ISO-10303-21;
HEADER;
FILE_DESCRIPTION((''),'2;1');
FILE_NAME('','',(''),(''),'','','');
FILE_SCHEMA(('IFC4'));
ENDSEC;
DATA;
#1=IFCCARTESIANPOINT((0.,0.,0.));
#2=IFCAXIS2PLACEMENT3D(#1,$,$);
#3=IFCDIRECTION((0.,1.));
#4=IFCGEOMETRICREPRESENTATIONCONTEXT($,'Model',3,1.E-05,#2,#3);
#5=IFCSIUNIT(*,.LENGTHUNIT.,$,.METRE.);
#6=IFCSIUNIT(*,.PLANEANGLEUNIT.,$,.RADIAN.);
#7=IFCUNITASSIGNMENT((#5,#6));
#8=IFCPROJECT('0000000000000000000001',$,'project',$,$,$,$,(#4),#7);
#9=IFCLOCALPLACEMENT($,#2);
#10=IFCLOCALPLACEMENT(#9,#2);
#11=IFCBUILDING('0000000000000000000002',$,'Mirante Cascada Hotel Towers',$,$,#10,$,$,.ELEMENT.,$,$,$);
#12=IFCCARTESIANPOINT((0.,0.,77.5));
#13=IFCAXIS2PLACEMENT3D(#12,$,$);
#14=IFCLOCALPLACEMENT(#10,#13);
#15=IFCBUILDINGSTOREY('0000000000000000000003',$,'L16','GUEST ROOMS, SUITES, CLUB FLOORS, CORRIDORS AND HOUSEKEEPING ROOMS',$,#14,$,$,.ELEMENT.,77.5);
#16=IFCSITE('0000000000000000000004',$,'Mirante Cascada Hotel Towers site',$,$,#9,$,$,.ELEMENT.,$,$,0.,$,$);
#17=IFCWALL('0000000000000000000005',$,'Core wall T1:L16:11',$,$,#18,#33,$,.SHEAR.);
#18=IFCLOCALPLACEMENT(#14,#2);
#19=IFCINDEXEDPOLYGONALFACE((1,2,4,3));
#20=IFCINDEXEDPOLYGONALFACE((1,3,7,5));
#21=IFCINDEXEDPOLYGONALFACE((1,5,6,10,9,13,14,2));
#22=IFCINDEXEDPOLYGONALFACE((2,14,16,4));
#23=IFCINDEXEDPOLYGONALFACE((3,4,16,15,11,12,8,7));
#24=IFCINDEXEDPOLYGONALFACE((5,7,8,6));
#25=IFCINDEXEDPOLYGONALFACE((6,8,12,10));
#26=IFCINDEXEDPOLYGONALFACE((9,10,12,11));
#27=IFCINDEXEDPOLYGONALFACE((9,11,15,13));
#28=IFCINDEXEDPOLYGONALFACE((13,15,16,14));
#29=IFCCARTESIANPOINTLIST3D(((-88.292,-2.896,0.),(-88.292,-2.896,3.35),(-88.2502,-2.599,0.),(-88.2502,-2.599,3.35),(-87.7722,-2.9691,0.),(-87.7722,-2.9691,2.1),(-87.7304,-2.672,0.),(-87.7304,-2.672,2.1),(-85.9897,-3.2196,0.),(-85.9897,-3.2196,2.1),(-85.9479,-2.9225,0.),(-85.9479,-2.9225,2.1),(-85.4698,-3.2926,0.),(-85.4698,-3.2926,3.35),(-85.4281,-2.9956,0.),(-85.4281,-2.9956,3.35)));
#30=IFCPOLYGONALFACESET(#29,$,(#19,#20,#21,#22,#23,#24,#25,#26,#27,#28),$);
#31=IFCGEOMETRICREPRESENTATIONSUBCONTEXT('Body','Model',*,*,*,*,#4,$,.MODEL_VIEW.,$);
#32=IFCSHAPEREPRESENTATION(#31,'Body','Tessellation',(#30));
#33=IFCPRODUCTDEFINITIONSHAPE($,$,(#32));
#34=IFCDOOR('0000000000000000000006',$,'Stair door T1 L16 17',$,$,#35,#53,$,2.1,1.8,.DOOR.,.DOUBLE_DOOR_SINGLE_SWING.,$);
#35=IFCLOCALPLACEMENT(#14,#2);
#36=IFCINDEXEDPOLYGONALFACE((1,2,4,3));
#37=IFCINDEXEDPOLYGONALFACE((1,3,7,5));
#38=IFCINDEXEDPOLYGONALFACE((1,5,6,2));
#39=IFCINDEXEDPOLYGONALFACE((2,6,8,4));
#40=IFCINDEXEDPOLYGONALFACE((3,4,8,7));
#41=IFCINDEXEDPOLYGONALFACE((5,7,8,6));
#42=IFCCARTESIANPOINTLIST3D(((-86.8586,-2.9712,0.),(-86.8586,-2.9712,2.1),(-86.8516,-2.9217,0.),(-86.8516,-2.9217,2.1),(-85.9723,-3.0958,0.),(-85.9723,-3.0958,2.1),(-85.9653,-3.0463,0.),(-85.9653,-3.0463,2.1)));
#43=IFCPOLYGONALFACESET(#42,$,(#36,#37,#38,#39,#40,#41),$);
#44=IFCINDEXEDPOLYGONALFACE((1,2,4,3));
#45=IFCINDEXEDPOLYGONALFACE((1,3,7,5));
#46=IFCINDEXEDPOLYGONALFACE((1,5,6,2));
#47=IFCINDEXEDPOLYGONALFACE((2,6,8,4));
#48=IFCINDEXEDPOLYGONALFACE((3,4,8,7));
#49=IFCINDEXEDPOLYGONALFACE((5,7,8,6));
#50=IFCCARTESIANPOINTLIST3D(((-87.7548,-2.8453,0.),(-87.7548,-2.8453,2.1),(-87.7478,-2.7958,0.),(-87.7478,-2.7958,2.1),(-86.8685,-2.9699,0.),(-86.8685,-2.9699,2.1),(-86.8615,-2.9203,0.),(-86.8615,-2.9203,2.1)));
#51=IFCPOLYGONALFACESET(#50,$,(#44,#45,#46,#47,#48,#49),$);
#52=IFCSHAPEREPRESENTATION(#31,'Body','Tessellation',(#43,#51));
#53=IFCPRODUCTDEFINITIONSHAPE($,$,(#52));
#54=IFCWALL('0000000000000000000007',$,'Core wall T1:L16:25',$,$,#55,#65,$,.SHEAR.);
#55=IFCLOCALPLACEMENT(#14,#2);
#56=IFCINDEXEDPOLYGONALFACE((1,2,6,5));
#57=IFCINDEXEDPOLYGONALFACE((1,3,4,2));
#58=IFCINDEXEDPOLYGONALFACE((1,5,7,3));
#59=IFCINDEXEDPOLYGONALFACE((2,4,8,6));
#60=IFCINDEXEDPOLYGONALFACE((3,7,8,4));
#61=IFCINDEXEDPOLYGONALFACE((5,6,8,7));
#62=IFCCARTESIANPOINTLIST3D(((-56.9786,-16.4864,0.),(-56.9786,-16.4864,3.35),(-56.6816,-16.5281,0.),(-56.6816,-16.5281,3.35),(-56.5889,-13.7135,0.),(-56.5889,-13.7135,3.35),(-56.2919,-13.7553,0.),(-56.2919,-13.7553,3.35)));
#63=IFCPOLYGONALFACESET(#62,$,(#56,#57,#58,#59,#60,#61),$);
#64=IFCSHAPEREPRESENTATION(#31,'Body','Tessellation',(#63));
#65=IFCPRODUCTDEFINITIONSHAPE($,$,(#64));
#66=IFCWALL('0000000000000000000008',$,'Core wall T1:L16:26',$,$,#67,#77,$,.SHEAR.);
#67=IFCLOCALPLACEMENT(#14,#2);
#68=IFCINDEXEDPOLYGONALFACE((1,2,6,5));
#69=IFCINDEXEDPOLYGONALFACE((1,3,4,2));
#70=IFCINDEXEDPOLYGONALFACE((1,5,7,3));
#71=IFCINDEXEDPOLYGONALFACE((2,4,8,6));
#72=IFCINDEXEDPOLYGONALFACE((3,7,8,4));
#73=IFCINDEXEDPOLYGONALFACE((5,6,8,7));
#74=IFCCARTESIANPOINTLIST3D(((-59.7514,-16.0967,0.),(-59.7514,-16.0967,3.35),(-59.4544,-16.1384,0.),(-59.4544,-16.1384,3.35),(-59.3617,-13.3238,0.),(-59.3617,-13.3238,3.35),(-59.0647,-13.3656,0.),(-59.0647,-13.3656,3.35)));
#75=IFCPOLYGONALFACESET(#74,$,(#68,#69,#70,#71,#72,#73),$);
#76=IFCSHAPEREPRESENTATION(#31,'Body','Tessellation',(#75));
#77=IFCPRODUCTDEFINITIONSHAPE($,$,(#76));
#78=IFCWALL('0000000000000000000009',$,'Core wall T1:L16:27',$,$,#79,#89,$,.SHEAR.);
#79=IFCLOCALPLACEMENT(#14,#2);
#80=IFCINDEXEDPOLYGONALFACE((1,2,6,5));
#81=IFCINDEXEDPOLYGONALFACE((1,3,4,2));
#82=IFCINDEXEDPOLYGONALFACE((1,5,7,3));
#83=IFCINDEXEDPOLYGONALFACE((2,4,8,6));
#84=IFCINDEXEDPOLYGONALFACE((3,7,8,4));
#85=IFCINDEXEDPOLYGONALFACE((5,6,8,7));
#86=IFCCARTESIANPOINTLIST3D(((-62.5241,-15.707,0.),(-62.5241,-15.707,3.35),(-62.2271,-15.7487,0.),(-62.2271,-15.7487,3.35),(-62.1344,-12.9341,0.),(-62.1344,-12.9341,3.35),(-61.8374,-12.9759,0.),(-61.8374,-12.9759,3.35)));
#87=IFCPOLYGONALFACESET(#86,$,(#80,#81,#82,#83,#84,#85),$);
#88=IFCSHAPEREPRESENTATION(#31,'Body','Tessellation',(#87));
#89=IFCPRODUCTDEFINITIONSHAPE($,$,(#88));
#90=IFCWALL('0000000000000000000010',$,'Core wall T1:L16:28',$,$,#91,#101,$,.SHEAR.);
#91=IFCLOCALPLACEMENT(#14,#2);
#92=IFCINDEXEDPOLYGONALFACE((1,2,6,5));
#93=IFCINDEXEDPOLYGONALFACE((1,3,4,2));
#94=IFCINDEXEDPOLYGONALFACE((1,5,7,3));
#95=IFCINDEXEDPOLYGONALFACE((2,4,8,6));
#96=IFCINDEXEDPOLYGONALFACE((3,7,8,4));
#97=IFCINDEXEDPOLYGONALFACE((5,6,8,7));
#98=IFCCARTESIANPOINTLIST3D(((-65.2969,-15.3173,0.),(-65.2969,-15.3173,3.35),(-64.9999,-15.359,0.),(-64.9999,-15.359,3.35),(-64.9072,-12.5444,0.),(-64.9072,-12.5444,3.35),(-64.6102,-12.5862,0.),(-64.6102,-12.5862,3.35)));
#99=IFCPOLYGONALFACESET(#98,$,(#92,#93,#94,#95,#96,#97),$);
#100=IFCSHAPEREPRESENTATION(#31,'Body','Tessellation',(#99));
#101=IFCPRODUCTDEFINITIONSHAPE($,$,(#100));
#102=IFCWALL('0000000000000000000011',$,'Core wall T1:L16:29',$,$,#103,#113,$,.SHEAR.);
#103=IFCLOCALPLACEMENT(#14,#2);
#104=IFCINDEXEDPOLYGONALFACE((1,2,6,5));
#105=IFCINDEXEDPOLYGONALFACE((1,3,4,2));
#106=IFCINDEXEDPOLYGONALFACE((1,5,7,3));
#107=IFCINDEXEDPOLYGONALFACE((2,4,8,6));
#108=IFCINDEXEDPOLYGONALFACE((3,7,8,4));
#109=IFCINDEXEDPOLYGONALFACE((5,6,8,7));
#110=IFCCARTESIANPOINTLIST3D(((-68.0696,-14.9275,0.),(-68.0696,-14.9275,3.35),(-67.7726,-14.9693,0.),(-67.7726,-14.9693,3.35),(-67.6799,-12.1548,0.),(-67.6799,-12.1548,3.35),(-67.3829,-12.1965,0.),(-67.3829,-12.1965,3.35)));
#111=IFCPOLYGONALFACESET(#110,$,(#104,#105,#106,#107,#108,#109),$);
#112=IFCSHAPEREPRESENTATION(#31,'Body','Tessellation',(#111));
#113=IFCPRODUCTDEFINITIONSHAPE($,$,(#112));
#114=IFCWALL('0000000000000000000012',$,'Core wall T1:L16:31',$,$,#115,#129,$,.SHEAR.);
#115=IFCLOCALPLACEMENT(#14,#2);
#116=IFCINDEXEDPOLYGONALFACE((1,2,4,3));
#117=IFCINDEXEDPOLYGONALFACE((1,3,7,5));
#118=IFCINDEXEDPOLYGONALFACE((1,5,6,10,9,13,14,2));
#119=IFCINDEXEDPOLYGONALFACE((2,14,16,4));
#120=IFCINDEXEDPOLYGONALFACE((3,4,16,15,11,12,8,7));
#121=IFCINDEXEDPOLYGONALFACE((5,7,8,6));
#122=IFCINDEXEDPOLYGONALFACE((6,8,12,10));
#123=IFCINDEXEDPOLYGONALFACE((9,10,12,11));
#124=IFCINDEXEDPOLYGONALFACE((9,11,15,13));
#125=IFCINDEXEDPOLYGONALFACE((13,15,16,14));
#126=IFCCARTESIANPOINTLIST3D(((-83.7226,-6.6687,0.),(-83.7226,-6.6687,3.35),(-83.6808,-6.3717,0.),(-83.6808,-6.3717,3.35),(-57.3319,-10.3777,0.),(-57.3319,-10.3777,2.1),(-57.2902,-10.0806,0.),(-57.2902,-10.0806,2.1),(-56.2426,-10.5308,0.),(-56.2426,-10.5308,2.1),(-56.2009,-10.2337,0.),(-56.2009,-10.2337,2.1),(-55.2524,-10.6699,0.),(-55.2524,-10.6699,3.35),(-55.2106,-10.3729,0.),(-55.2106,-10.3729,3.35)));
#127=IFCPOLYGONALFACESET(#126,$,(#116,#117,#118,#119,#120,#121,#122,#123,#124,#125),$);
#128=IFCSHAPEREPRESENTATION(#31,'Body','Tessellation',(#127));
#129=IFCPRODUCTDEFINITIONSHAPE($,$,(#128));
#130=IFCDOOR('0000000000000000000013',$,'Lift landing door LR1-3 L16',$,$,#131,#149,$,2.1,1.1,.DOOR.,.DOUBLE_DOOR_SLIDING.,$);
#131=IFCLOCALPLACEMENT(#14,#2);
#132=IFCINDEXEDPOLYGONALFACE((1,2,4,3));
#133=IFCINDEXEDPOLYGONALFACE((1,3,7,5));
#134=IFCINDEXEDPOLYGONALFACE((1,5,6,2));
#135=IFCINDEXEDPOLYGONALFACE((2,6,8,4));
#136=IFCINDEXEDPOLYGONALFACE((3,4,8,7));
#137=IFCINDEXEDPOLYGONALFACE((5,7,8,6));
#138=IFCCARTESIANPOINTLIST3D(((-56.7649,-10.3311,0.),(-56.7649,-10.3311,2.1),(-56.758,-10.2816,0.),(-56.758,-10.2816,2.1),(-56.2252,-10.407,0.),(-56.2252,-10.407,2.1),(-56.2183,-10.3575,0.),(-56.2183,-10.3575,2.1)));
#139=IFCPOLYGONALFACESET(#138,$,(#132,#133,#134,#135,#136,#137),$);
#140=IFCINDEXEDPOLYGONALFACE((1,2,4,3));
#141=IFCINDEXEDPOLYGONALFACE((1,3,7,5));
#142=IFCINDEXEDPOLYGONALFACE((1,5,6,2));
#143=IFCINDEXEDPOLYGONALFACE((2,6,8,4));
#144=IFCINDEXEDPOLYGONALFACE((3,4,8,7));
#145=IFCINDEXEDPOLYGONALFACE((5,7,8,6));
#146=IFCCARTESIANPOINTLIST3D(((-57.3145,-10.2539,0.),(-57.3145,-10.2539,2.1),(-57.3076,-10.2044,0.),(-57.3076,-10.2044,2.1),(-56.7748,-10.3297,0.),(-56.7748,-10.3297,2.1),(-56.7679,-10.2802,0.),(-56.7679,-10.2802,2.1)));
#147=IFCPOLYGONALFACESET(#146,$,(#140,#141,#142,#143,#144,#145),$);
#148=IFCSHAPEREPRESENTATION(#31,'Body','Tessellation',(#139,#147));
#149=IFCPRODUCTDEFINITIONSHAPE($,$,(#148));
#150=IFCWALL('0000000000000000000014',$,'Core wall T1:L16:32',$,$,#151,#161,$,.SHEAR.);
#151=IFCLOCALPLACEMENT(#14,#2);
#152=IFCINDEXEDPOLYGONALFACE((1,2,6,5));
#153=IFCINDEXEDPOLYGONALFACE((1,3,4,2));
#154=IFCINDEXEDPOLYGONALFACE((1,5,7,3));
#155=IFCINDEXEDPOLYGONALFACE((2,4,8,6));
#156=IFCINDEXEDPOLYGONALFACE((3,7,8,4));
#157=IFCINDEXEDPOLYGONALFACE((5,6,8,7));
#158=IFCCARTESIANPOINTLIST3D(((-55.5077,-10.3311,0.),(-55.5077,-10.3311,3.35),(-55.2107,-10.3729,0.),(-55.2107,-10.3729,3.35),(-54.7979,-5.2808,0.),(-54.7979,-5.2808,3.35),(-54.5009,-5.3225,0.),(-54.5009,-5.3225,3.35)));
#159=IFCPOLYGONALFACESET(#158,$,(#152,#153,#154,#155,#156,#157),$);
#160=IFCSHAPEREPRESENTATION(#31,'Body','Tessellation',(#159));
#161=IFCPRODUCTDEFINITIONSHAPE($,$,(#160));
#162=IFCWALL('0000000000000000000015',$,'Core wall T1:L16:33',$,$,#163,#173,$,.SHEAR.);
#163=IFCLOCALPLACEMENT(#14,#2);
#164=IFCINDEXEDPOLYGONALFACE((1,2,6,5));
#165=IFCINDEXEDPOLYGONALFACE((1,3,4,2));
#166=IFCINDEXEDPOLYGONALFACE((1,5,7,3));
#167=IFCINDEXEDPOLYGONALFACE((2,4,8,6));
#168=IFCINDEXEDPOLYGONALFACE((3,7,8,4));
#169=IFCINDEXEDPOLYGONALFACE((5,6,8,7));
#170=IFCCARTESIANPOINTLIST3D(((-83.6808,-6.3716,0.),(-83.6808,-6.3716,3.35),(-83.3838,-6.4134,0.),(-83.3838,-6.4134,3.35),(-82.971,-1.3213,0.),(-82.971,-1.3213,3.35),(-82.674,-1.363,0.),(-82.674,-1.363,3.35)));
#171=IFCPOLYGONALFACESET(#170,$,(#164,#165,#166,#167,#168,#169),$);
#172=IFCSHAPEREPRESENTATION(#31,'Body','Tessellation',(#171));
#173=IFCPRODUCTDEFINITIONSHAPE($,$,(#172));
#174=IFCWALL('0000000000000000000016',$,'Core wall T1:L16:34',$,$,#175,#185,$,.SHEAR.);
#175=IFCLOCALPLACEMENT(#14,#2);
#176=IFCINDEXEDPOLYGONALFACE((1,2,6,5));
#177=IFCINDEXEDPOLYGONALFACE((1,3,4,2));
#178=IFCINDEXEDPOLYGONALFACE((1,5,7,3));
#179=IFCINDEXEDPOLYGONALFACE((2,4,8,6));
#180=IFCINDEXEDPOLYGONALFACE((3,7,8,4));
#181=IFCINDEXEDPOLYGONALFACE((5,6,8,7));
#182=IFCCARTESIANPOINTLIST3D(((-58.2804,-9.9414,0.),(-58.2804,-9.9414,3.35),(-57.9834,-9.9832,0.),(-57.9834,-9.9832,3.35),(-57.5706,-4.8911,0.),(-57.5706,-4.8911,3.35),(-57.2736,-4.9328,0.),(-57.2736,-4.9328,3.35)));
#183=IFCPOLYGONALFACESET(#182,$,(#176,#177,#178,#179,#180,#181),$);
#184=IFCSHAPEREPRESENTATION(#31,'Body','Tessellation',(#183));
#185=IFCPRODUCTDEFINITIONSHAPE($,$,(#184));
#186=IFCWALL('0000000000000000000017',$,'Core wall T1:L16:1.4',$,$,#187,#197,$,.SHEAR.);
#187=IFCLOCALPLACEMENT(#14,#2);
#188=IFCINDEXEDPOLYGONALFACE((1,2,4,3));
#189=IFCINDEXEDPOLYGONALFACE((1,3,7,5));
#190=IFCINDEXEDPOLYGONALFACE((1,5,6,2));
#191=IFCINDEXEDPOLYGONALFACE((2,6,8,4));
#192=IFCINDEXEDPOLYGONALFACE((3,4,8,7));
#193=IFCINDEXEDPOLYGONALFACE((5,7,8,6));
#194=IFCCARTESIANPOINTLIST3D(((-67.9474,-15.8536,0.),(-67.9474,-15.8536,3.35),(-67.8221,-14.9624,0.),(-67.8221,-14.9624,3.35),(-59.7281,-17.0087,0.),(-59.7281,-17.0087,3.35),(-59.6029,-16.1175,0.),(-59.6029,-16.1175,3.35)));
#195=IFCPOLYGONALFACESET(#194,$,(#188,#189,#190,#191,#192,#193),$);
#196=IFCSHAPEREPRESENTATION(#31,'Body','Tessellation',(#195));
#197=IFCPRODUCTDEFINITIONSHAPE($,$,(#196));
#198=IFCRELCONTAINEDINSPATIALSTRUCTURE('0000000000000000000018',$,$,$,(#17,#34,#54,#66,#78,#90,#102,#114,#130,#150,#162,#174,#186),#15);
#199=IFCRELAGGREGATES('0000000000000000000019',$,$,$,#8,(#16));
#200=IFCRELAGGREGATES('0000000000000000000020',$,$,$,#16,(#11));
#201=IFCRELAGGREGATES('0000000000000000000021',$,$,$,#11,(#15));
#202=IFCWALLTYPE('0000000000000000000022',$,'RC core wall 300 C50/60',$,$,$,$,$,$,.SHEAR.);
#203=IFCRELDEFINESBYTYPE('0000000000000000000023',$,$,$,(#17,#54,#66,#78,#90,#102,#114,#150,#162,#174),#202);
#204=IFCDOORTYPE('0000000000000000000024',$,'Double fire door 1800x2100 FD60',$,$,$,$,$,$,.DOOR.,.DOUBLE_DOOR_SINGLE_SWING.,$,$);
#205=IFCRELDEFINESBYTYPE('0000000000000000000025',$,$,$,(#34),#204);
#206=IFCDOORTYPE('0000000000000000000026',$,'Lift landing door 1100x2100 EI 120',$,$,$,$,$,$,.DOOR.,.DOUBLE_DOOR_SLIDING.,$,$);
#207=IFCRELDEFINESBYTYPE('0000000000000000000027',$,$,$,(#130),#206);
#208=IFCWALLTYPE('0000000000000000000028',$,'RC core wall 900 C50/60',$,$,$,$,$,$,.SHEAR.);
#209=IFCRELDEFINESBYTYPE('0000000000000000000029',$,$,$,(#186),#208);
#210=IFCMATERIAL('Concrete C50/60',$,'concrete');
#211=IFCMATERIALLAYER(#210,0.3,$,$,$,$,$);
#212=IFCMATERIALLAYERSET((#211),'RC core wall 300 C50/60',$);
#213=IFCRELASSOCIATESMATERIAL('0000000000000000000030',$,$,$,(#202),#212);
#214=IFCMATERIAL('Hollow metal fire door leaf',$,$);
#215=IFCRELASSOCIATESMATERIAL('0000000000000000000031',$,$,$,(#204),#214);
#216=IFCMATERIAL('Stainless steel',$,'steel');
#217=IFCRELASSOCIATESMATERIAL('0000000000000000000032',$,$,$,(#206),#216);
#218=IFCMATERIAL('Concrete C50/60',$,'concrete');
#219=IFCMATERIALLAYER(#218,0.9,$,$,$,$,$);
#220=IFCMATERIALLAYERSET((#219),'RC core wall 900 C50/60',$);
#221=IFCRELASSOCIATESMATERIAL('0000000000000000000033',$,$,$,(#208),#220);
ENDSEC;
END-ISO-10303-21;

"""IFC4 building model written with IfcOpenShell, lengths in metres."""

from ifc_helpers import new_model, si_unit, direction, frame, frame_2d, origin, place, context, subcontext, project, spatial, rectangle, extrude, material, layer, layer_set, type_object, element, fill, save


model = new_model("IFC4")

# Units and contexts
model_context = context("Model", 3, precision=1e-05, world=origin(), true_north=direction((0.0, 1.0)))
body_context = subcontext(model_context, "Body", "Model", "MODEL_VIEW")
ifc_project = project(units=[si_unit("LENGTHUNIT", "METRE"), si_unit("PLANEANGLEUNIT", "RADIAN")], contexts=[model_context])

# Site, building, storey
site_placement = place(None, origin())
site = spatial("IfcSite", under=ifc_project, at=site_placement, Name="Mirante Cascada Hotel Towers site", CompositionType="ELEMENT", RefElevation=0.0)
building_placement = place(site_placement, origin())
building = spatial("IfcBuilding", under=site, at=building_placement, Name="Mirante Cascada Hotel Towers", CompositionType="ELEMENT")
storey_placement = place(building_placement, frame((0.0, 0.0, 77.5)))
storey = spatial("IfcBuildingStorey", under=building, at=storey_placement, Name="L16", Description="GUEST ROOMS, SUITES, CLUB FLOORS, CORRIDORS AND HOUSEKEEPING ROOMS", CompositionType="ELEMENT", Elevation=77.5)

# Wall, opening, door
ifc_material_1 = material(Name="Concrete C50/60", Category="concrete")
ifc_layer_1 = layer(ifc_material_1, 0.3)
ifc_layer_set_1 = layer_set([ifc_layer_1], Name="RC core wall 300 C50/60")
wall_type_1 = type_object("IfcWallType", Name="RC core wall 300 C50/60", PredefinedType="SHEAR", material=ifc_layer_set_1)
wall_1_placement = place(storey_placement, frame((-85.4489, -3.1441, 0.0), z_axis=(0.0, 0.0, 1.0), x_axis=(-0.99027, 0.139161, 0.0)))
wall_1 = element("IfcWall", 1, at=wall_1_placement, inside=storey, type_object=wall_type_1, Name="Core wall T1:L16:11", PredefinedType="SHEAR", context=body_context, shape_type="SweptSolid", body=[
    extrude(rectangle(XDim=2.8499, YDim=0.3, at=frame_2d((1.425, 0.0))), origin(), (0.0, 0.0, 1.0), 3.35),
])
opening_1_placement = place(wall_1_placement, frame((0.525, 0.0, 0.0)))
opening_1 = element("IfcOpeningElement", 2, at=opening_1_placement, cuts=wall_1, PredefinedType="OPENING", context=body_context, shape_type="SweptSolid", body=[
    extrude(rectangle(XDim=1.8, YDim=2.1, at=frame_2d((0.9, 1.05))), frame((0.0, 0.15, 0.0), z_axis=(0.0, -1.0, 0.0), x_axis=(1.0, 0.0, 0.0)), (0.0, 0.0, 1.0), 0.3),
])
ifc_material_2 = material(Name="Hollow metal fire door leaf")
door_type_1 = type_object("IfcDoorType", Name="Double fire door 1800x2100 FD60", OperationType="DOUBLE_DOOR_SINGLE_SWING", PredefinedType="DOOR", material=ifc_material_2)
door_1_placement = place(opening_1_placement, origin())
door_1 = element("IfcDoor", 3, at=door_1_placement, inside=storey, type_object=door_type_1, Name="Stair door T1 L16 17", OperationType="DOUBLE_DOOR_SINGLE_SWING", OverallHeight=2.1, OverallWidth=1.8, PredefinedType="DOOR", context=body_context, shape_type="SweptSolid", body=[
    extrude(rectangle(XDim=0.895, YDim=2.1, at=frame_2d((0.4475, 1.05))), frame((0.0, 0.025, 0.0), z_axis=(0.0, -1.0, 0.0), x_axis=(1.0, 0.0, 0.0)), (0.0, 0.0, 1.0), 0.05),
    extrude(rectangle(XDim=0.895, YDim=2.1, at=frame_2d((1.3525, 1.05))), frame((0.0, 0.025, 0.0), z_axis=(0.0, -1.0, 0.0), x_axis=(1.0, 0.0, 0.0)), (0.0, 0.0, 1.0), 0.05),
])
fill(opening_1, door_1)

# Walls
for number, where, z_axis, x_axis, name in (
    (4, (-56.8301, -16.5072, 0.0), (0.0, 0.0, 1.0), (0.139176, 0.990268, 0.0), "Core wall T1:L16:25"),
    (5, (-59.6029, -16.1175, 0.0), (0.0, 0.0, 1.0), (0.139176, 0.990268, 0.0), "Core wall T1:L16:26"),
    (6, (-62.3756, -15.7278, 0.0), (0.0, 0.0, 1.0), (0.139176, 0.990268, 0.0), "Core wall T1:L16:27"),
    (7, (-65.1484, -15.3381, 0.0), (0.0, 0.0, 1.0), (0.139176, 0.990268, 0.0), "Core wall T1:L16:28"),
):
    element("IfcWall", number, at=place(storey_placement, frame(where, z_axis=z_axis, x_axis=x_axis)), inside=storey, type_object=wall_type_1, Name=name, PredefinedType="SHEAR", context=body_context, shape_type="SweptSolid", body=[
        extrude(rectangle(XDim=2.8001, YDim=0.3, at=frame_2d((1.4, 0.0))), origin(), (0.0, 0.0, 1.0), 3.35),
    ])
wall_2_placement = place(storey_placement, frame((-67.9211, -14.9484, 0.0), z_axis=(0.0, 0.0, 1.0), x_axis=(0.139181, 0.990267, 0.0)))
element("IfcWall", 8, at=wall_2_placement, inside=storey, type_object=wall_type_1, Name="Core wall T1:L16:29", PredefinedType="SHEAR", context=body_context, shape_type="SweptSolid", body=[
    extrude(rectangle(XDim=2.8, YDim=0.3, at=frame_2d((1.4, 0.0))), origin(), (0.0, 0.0, 1.0), 3.35),
])

# Wall, opening, door
wall_3_placement = place(storey_placement, frame((-55.2315, -10.5214, 0.0), z_axis=(0.0, 0.0, 1.0), x_axis=(-0.990268, 0.139172, 0.0)))
wall_3 = element("IfcWall", 9, at=wall_3_placement, inside=storey, type_object=wall_type_1, Name="Core wall T1:L16:31", PredefinedType="SHEAR", context=body_context, shape_type="SweptSolid", body=[
    extrude(rectangle(XDim=28.75, YDim=0.3, at=frame_2d((14.375, 0.0))), origin(), (0.0, 0.0, 1.0), 3.35),
])
opening_2_placement = place(wall_3_placement, frame((1.0, 0.0, 0.0)))
opening_2 = element("IfcOpeningElement", 10, at=opening_2_placement, cuts=wall_3, PredefinedType="OPENING", context=body_context, shape_type="SweptSolid", body=[
    extrude(rectangle(XDim=1.1, YDim=2.1, at=frame_2d((0.55, 1.05))), frame((0.0, 0.15, 0.0), z_axis=(0.0, -1.0, 0.0), x_axis=(1.0, 0.0, 0.0)), (0.0, 0.0, 1.0), 0.3),
])
ifc_material_3 = material(Name="Stainless steel", Category="steel")
door_type_2 = type_object("IfcDoorType", Name="Lift landing door 1100x2100 EI 120", OperationType="DOUBLE_DOOR_SLIDING", PredefinedType="DOOR", material=ifc_material_3)
door_2_placement = place(opening_2_placement, origin())
door_2 = element("IfcDoor", 11, at=door_2_placement, inside=storey, type_object=door_type_2, Name="Lift landing door LR1-3 L16", OperationType="DOUBLE_DOOR_SLIDING", OverallHeight=2.1, OverallWidth=1.1, PredefinedType="DOOR", context=body_context, shape_type="SweptSolid", body=[
    extrude(rectangle(XDim=0.545, YDim=2.1, at=frame_2d((0.2725, 1.05))), frame((0.0, 0.025, 0.0), z_axis=(0.0, -1.0, 0.0), x_axis=(1.0, 0.0, 0.0)), (0.0, 0.0, 1.0), 0.05),
    extrude(rectangle(XDim=0.545, YDim=2.1, at=frame_2d((0.8275, 1.05))), frame((0.0, 0.025, 0.0), z_axis=(0.0, -1.0, 0.0), x_axis=(1.0, 0.0, 0.0)), (0.0, 0.0, 1.0), 0.05),
])
fill(opening_2, door_2)

# Walls
for number, where, z_axis, x_axis, name in (
    (12, (-55.3592, -10.352, 0.0), (0.0, 0.0, 1.0), (0.139176, 0.990268, 0.0), "Core wall T1:L16:32"),
    (13, (-83.5323, -6.3925, 0.0), (0.0, 0.0, 1.0), (0.139176, 0.990268, 0.0), "Core wall T1:L16:33"),
    (14, (-58.1319, -9.9623, 0.0), (0.0, 0.0, 1.0), (0.139176, 0.990268, 0.0), "Core wall T1:L16:34"),
):
    element("IfcWall", number, at=place(storey_placement, frame(where, z_axis=z_axis, x_axis=x_axis)), inside=storey, type_object=wall_type_1, Name=name, PredefinedType="SHEAR", context=body_context, shape_type="SweptSolid", body=[
        extrude(rectangle(XDim=5.1, YDim=0.3, at=frame_2d((2.55, 0.0))), origin(), (0.0, 0.0, 1.0), 3.35),
    ])
ifc_material_4 = material(Name="Concrete C50/60", Category="concrete")
ifc_layer_2 = layer(ifc_material_4, 0.9)
ifc_layer_set_2 = layer_set([ifc_layer_2], Name="RC core wall 900 C50/60")
wall_type_2 = type_object("IfcWallType", Name="RC core wall 900 C50/60", PredefinedType="SHEAR", material=ifc_layer_set_2)
for number, where, z_axis, x_axis, name in (
    (15, (-59.6655, -16.5631, 0.0), (0.0, 0.0, 1.0), (-0.990269, 0.139169, 0.0), "Core wall T1:L16:1.4"),
):
    element("IfcWall", number, at=place(storey_placement, frame(where, z_axis=z_axis, x_axis=x_axis)), inside=storey, type_object=wall_type_2, Name=name, PredefinedType="SHEAR", context=body_context, shape_type="SweptSolid", body=[
        extrude(rectangle(XDim=8.3, YDim=0.9, at=frame_2d((4.15, 0.0))), origin(), (0.0, 0.0, 1.0), 3.35),
    ])

save(model, "model.ifc")
